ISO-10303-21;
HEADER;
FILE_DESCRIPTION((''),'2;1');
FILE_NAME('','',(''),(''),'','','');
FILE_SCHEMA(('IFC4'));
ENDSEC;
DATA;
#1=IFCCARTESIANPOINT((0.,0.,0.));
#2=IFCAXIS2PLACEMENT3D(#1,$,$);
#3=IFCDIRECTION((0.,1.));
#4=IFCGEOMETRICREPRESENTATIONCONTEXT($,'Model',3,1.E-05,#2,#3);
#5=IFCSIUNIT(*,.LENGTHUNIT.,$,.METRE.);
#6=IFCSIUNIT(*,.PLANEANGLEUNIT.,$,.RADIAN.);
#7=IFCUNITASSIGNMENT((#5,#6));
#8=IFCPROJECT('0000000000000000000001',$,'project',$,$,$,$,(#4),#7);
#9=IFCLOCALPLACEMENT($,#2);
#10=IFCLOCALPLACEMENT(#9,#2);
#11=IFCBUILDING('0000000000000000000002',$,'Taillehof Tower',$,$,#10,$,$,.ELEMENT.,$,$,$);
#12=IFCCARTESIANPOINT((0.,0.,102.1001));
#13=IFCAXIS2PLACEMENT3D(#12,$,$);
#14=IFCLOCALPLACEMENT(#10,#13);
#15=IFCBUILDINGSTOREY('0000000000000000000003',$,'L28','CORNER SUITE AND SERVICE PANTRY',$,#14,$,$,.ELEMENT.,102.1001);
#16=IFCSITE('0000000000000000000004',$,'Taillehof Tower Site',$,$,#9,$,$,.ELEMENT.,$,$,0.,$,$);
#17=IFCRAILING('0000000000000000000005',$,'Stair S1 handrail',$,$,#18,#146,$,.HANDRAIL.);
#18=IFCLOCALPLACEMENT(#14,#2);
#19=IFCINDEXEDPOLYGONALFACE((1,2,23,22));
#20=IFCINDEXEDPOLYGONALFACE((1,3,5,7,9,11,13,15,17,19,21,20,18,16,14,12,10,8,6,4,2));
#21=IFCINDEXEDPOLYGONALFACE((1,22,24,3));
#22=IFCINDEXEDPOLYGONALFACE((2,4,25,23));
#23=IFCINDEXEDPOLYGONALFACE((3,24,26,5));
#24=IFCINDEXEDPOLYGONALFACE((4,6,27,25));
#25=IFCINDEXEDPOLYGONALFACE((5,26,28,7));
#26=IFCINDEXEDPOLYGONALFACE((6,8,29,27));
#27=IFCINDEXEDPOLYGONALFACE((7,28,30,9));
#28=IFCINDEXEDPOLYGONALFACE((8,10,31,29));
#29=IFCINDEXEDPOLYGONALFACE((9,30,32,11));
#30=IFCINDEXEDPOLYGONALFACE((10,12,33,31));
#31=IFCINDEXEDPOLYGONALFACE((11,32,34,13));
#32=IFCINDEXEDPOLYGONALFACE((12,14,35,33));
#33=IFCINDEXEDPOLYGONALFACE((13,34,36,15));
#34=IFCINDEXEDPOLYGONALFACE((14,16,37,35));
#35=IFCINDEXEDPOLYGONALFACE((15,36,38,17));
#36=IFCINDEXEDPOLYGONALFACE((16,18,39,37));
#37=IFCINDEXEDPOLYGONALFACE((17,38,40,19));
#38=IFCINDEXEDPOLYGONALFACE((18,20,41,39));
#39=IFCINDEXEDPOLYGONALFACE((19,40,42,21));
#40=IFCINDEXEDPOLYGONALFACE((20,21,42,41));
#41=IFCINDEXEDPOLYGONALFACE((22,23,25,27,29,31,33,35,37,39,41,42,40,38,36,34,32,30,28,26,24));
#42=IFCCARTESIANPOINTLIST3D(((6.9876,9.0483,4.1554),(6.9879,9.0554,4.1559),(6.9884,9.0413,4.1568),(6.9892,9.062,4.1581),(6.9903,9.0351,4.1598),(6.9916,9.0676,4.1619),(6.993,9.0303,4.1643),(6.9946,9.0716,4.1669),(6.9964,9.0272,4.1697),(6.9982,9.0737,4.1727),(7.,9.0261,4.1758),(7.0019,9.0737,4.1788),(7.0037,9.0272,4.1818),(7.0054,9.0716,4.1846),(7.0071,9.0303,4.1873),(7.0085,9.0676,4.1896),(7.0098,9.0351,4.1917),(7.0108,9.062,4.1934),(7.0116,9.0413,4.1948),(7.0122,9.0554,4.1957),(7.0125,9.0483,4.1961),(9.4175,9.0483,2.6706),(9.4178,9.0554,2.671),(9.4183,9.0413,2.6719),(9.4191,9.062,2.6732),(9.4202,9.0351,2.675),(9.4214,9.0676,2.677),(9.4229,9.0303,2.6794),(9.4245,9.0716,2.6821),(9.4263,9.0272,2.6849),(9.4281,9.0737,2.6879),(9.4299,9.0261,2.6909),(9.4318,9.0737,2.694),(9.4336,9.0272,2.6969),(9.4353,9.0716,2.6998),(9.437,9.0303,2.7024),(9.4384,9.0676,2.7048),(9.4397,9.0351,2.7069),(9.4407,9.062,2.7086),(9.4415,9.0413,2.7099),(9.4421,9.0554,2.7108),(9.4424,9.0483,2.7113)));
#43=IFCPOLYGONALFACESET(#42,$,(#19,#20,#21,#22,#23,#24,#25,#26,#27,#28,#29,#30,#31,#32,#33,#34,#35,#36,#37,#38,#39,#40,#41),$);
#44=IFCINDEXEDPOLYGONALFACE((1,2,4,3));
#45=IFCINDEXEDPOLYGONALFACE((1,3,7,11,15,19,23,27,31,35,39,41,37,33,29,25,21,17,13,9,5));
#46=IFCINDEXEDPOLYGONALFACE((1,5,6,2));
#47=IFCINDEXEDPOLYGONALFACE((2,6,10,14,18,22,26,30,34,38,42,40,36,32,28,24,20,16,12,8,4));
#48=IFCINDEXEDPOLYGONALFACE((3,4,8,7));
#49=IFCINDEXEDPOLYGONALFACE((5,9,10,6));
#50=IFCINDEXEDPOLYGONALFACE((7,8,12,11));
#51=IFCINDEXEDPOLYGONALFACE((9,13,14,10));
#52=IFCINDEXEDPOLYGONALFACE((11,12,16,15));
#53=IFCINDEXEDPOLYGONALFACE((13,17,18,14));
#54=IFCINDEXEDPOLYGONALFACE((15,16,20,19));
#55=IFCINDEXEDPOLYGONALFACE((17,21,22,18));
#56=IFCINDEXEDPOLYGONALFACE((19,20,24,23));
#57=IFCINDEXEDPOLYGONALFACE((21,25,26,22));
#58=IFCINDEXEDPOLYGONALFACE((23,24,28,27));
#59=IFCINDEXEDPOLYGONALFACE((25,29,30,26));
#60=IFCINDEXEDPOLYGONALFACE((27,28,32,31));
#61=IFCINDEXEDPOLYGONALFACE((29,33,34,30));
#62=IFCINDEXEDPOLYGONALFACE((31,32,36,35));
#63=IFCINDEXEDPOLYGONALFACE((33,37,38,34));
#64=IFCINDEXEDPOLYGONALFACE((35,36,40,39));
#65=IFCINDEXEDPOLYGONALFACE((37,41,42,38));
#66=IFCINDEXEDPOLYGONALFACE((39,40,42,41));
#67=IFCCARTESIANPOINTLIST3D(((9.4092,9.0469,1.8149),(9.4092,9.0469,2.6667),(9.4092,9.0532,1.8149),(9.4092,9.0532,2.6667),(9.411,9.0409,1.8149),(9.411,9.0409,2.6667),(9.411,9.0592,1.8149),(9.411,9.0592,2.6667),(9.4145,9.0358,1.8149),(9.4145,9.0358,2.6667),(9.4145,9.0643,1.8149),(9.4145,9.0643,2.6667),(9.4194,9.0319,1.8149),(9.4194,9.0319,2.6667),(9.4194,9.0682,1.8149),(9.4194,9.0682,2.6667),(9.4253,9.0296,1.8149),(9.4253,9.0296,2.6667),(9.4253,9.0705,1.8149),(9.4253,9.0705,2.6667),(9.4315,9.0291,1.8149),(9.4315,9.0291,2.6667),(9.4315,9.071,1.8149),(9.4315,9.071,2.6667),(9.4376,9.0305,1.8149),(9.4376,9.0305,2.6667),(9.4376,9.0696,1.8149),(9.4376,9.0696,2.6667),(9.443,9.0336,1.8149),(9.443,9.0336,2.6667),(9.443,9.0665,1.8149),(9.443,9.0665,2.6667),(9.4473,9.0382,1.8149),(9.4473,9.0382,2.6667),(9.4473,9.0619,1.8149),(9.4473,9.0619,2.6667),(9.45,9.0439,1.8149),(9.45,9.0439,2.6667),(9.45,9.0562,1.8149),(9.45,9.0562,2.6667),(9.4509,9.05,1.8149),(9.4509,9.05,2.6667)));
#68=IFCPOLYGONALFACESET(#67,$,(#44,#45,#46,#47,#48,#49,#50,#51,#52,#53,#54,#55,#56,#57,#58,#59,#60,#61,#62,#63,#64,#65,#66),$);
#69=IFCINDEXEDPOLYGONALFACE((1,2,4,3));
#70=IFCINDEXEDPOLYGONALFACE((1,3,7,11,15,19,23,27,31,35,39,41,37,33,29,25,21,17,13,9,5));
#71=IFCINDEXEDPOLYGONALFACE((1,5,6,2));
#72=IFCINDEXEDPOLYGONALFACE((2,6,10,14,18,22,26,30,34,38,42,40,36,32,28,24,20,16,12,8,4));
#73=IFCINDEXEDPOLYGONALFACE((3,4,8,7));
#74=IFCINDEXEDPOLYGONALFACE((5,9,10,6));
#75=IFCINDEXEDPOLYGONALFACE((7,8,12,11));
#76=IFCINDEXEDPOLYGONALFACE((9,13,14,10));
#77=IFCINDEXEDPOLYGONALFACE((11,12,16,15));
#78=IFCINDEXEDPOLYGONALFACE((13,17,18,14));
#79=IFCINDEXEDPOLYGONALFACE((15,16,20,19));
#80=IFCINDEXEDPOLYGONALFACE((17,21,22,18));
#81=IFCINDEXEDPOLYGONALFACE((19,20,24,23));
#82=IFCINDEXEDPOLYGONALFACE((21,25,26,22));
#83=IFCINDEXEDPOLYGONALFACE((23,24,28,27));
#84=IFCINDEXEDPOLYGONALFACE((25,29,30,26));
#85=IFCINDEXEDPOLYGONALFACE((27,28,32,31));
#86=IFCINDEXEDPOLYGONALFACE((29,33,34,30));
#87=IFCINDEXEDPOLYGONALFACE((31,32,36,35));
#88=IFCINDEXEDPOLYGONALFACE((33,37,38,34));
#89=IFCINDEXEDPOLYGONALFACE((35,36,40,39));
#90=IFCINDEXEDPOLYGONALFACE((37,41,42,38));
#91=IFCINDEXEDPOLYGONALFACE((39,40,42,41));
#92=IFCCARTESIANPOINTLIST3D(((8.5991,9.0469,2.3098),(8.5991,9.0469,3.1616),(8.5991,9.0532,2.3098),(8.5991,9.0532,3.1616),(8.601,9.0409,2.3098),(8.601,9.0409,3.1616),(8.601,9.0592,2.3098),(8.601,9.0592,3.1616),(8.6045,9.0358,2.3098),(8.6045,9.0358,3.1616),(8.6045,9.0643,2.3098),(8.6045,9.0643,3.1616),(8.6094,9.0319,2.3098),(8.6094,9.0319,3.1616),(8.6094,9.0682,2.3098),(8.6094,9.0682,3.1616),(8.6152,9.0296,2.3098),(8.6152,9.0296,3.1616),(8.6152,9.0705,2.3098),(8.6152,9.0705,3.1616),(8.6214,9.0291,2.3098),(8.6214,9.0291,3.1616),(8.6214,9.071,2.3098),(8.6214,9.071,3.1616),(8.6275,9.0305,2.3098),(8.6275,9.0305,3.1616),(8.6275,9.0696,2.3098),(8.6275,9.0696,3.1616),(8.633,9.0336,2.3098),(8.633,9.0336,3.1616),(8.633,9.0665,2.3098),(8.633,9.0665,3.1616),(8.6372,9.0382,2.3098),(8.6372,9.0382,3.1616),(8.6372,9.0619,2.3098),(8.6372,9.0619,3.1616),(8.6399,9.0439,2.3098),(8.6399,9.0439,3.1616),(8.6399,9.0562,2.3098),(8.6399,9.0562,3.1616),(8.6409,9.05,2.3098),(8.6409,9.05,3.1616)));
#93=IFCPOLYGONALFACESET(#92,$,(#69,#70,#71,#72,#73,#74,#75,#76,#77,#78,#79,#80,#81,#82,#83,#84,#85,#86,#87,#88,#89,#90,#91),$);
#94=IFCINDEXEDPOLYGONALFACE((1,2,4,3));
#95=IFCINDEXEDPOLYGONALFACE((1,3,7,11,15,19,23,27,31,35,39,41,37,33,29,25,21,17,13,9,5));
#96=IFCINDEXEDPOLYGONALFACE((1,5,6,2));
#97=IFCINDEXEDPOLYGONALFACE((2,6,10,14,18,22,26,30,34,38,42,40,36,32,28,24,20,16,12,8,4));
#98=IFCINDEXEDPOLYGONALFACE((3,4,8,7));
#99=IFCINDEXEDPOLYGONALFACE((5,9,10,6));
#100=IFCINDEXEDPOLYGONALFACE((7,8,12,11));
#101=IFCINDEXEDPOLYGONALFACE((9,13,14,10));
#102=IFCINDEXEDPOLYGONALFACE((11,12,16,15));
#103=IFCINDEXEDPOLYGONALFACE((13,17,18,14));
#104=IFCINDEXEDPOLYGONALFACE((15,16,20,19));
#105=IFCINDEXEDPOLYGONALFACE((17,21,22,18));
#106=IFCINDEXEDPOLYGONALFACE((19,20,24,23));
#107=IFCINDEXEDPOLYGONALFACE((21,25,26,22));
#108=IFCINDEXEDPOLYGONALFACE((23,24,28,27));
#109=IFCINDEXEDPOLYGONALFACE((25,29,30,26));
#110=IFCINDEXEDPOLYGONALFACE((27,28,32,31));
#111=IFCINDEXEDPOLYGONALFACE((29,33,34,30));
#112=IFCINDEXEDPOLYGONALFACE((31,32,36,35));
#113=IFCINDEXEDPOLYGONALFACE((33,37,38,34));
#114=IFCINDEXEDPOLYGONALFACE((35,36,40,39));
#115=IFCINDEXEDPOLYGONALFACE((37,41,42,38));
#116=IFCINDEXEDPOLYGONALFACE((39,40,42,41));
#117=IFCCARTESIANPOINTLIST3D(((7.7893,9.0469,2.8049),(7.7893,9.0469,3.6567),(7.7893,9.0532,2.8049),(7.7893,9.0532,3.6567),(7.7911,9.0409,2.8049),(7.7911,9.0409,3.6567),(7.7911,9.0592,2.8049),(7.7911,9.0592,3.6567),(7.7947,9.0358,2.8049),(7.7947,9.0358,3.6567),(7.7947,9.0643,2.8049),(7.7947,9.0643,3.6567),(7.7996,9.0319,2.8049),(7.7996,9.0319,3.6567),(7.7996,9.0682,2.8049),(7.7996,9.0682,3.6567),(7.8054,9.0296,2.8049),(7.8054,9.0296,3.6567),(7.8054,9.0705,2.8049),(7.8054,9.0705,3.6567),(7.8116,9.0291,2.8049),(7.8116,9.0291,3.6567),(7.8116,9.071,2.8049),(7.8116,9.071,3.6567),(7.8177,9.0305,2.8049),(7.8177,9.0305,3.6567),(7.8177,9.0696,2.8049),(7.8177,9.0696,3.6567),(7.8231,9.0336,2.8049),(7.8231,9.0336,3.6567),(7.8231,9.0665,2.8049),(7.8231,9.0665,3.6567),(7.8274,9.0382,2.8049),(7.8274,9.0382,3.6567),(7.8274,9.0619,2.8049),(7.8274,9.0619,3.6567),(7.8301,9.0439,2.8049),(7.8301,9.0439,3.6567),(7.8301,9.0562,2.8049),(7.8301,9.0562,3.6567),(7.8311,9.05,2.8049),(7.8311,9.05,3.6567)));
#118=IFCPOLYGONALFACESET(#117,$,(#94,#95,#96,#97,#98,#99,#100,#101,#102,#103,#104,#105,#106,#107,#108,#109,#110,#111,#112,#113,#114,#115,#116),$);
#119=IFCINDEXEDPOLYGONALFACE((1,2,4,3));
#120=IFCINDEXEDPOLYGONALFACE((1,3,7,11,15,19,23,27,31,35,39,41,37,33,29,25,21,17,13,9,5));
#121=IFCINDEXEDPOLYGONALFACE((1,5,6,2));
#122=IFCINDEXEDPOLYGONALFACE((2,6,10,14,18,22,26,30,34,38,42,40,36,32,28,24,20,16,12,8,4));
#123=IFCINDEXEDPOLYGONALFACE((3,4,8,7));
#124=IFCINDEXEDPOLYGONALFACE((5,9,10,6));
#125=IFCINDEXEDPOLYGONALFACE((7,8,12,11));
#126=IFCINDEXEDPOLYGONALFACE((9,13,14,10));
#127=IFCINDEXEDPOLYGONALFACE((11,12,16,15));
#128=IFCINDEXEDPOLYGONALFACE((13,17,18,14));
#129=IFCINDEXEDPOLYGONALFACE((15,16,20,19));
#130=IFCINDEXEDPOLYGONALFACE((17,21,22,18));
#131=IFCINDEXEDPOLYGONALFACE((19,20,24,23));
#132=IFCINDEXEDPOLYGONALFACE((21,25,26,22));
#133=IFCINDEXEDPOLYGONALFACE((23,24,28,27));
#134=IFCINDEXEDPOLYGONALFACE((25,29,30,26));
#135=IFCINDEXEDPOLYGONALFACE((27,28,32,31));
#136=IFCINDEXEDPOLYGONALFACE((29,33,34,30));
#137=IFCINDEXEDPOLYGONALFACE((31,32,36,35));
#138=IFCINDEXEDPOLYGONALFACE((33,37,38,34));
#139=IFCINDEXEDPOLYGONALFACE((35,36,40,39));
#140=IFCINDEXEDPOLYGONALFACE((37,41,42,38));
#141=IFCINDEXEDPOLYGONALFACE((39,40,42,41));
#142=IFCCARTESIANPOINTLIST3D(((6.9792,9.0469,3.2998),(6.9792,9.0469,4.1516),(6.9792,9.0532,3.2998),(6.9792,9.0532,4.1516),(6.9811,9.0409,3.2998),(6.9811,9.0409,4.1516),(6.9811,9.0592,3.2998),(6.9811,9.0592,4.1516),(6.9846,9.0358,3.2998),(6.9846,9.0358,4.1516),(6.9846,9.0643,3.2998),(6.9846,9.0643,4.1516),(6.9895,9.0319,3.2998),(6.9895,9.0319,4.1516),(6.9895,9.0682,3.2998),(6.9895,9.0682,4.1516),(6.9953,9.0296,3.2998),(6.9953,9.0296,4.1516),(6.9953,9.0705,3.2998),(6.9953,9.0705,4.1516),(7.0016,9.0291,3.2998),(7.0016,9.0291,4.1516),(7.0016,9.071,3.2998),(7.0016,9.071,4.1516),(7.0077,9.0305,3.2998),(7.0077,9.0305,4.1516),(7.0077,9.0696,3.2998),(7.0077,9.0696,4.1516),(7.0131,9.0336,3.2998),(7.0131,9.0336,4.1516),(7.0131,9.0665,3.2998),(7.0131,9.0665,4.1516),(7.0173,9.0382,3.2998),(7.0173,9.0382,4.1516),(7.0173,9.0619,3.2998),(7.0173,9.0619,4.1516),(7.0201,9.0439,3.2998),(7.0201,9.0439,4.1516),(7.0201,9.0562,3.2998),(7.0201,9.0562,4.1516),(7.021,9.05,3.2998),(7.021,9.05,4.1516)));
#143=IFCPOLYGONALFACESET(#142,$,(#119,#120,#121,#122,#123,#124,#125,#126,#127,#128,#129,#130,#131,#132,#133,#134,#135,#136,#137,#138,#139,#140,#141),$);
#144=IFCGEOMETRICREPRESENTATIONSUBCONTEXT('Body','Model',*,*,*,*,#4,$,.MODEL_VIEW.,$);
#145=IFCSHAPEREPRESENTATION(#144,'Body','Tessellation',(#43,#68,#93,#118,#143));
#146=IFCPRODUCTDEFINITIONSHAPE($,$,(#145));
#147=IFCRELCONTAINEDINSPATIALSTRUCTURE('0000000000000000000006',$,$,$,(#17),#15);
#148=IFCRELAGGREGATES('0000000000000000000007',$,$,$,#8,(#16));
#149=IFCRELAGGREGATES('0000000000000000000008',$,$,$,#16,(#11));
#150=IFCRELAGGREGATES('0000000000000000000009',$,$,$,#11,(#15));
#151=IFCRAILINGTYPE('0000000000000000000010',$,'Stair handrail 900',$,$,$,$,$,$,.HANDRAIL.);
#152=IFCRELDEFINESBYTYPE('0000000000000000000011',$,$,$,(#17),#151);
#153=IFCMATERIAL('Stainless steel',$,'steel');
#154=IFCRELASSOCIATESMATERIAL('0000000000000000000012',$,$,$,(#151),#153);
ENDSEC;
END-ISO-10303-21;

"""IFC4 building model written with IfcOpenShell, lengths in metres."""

from ifc_helpers import new_model, si_unit, direction, frame, origin, origin_2d, place, context, subcontext, project, spatial, circle, extrude, material, type_object, element, save


model = new_model("IFC4")

# Units and contexts
model_context = context("Model", 3, precision=1e-05, world=origin(), true_north=direction((0.0, 1.0)))
body_context = subcontext(model_context, "Body", "Model", "MODEL_VIEW")
ifc_project = project(units=[si_unit("LENGTHUNIT", "METRE"), si_unit("PLANEANGLEUNIT", "RADIAN")], contexts=[model_context])

# Site, building, storey
site_placement = place(None, origin())
site = spatial("IfcSite", under=ifc_project, at=site_placement, Name="Taillehof Tower Site", CompositionType="ELEMENT", RefElevation=0.0)
building_placement = place(site_placement, origin())
building = spatial("IfcBuilding", under=site, at=building_placement, Name="Taillehof Tower", CompositionType="ELEMENT")
storey_placement = place(building_placement, frame((0.0, 0.0, 102.1001)))
storey = spatial("IfcBuildingStorey", under=building, at=storey_placement, Name="L28", Description="CORNER SUITE AND SERVICE PANTRY", CompositionType="ELEMENT", Elevation=102.1001)

# Railing
ifc_material_1 = material(Name="Stainless steel", Category="steel")
railing_type = type_object("IfcRailingType", Name="Stair handrail 900", PredefinedType="HANDRAIL", material=ifc_material_1)
railing_placement = place(storey_placement, frame((9.4299, 9.05, 1.8149)))
element("IfcRailing", 1, at=railing_placement, inside=storey, type_object=railing_type, Name="Stair S1 handrail", PredefinedType="HANDRAIL", context=body_context, shape_type="SweptSolid", body=[
    extrude(circle(Radius=0.0239, at=origin_2d()), frame((0.0, 0.0, 0.876), z_axis=(-0.853297, 0.0, 0.521426), x_axis=(0.0, -1.0, 0.0)), (0.0, 0.0, 1.0), 2.8477),
    extrude(circle(Radius=0.021, at=origin_2d()), origin(), (0.0, 0.0, 1.0), 0.8518),
    extrude(circle(Radius=0.021, at=origin_2d()), frame((-0.8101, 0.0, 0.4949)), (0.0, 0.0, 1.0), 0.8518),
    extrude(circle(Radius=0.021, at=origin_2d()), frame((-1.6199, 0.0, 0.99)), (0.0, 0.0, 1.0), 0.8518),
    extrude(circle(Radius=0.021, at=origin_2d()), frame((-2.4299, 0.0, 1.4849)), (0.0, 0.0, 1.0), 0.8518),
])

save(model, "model.ifc")
